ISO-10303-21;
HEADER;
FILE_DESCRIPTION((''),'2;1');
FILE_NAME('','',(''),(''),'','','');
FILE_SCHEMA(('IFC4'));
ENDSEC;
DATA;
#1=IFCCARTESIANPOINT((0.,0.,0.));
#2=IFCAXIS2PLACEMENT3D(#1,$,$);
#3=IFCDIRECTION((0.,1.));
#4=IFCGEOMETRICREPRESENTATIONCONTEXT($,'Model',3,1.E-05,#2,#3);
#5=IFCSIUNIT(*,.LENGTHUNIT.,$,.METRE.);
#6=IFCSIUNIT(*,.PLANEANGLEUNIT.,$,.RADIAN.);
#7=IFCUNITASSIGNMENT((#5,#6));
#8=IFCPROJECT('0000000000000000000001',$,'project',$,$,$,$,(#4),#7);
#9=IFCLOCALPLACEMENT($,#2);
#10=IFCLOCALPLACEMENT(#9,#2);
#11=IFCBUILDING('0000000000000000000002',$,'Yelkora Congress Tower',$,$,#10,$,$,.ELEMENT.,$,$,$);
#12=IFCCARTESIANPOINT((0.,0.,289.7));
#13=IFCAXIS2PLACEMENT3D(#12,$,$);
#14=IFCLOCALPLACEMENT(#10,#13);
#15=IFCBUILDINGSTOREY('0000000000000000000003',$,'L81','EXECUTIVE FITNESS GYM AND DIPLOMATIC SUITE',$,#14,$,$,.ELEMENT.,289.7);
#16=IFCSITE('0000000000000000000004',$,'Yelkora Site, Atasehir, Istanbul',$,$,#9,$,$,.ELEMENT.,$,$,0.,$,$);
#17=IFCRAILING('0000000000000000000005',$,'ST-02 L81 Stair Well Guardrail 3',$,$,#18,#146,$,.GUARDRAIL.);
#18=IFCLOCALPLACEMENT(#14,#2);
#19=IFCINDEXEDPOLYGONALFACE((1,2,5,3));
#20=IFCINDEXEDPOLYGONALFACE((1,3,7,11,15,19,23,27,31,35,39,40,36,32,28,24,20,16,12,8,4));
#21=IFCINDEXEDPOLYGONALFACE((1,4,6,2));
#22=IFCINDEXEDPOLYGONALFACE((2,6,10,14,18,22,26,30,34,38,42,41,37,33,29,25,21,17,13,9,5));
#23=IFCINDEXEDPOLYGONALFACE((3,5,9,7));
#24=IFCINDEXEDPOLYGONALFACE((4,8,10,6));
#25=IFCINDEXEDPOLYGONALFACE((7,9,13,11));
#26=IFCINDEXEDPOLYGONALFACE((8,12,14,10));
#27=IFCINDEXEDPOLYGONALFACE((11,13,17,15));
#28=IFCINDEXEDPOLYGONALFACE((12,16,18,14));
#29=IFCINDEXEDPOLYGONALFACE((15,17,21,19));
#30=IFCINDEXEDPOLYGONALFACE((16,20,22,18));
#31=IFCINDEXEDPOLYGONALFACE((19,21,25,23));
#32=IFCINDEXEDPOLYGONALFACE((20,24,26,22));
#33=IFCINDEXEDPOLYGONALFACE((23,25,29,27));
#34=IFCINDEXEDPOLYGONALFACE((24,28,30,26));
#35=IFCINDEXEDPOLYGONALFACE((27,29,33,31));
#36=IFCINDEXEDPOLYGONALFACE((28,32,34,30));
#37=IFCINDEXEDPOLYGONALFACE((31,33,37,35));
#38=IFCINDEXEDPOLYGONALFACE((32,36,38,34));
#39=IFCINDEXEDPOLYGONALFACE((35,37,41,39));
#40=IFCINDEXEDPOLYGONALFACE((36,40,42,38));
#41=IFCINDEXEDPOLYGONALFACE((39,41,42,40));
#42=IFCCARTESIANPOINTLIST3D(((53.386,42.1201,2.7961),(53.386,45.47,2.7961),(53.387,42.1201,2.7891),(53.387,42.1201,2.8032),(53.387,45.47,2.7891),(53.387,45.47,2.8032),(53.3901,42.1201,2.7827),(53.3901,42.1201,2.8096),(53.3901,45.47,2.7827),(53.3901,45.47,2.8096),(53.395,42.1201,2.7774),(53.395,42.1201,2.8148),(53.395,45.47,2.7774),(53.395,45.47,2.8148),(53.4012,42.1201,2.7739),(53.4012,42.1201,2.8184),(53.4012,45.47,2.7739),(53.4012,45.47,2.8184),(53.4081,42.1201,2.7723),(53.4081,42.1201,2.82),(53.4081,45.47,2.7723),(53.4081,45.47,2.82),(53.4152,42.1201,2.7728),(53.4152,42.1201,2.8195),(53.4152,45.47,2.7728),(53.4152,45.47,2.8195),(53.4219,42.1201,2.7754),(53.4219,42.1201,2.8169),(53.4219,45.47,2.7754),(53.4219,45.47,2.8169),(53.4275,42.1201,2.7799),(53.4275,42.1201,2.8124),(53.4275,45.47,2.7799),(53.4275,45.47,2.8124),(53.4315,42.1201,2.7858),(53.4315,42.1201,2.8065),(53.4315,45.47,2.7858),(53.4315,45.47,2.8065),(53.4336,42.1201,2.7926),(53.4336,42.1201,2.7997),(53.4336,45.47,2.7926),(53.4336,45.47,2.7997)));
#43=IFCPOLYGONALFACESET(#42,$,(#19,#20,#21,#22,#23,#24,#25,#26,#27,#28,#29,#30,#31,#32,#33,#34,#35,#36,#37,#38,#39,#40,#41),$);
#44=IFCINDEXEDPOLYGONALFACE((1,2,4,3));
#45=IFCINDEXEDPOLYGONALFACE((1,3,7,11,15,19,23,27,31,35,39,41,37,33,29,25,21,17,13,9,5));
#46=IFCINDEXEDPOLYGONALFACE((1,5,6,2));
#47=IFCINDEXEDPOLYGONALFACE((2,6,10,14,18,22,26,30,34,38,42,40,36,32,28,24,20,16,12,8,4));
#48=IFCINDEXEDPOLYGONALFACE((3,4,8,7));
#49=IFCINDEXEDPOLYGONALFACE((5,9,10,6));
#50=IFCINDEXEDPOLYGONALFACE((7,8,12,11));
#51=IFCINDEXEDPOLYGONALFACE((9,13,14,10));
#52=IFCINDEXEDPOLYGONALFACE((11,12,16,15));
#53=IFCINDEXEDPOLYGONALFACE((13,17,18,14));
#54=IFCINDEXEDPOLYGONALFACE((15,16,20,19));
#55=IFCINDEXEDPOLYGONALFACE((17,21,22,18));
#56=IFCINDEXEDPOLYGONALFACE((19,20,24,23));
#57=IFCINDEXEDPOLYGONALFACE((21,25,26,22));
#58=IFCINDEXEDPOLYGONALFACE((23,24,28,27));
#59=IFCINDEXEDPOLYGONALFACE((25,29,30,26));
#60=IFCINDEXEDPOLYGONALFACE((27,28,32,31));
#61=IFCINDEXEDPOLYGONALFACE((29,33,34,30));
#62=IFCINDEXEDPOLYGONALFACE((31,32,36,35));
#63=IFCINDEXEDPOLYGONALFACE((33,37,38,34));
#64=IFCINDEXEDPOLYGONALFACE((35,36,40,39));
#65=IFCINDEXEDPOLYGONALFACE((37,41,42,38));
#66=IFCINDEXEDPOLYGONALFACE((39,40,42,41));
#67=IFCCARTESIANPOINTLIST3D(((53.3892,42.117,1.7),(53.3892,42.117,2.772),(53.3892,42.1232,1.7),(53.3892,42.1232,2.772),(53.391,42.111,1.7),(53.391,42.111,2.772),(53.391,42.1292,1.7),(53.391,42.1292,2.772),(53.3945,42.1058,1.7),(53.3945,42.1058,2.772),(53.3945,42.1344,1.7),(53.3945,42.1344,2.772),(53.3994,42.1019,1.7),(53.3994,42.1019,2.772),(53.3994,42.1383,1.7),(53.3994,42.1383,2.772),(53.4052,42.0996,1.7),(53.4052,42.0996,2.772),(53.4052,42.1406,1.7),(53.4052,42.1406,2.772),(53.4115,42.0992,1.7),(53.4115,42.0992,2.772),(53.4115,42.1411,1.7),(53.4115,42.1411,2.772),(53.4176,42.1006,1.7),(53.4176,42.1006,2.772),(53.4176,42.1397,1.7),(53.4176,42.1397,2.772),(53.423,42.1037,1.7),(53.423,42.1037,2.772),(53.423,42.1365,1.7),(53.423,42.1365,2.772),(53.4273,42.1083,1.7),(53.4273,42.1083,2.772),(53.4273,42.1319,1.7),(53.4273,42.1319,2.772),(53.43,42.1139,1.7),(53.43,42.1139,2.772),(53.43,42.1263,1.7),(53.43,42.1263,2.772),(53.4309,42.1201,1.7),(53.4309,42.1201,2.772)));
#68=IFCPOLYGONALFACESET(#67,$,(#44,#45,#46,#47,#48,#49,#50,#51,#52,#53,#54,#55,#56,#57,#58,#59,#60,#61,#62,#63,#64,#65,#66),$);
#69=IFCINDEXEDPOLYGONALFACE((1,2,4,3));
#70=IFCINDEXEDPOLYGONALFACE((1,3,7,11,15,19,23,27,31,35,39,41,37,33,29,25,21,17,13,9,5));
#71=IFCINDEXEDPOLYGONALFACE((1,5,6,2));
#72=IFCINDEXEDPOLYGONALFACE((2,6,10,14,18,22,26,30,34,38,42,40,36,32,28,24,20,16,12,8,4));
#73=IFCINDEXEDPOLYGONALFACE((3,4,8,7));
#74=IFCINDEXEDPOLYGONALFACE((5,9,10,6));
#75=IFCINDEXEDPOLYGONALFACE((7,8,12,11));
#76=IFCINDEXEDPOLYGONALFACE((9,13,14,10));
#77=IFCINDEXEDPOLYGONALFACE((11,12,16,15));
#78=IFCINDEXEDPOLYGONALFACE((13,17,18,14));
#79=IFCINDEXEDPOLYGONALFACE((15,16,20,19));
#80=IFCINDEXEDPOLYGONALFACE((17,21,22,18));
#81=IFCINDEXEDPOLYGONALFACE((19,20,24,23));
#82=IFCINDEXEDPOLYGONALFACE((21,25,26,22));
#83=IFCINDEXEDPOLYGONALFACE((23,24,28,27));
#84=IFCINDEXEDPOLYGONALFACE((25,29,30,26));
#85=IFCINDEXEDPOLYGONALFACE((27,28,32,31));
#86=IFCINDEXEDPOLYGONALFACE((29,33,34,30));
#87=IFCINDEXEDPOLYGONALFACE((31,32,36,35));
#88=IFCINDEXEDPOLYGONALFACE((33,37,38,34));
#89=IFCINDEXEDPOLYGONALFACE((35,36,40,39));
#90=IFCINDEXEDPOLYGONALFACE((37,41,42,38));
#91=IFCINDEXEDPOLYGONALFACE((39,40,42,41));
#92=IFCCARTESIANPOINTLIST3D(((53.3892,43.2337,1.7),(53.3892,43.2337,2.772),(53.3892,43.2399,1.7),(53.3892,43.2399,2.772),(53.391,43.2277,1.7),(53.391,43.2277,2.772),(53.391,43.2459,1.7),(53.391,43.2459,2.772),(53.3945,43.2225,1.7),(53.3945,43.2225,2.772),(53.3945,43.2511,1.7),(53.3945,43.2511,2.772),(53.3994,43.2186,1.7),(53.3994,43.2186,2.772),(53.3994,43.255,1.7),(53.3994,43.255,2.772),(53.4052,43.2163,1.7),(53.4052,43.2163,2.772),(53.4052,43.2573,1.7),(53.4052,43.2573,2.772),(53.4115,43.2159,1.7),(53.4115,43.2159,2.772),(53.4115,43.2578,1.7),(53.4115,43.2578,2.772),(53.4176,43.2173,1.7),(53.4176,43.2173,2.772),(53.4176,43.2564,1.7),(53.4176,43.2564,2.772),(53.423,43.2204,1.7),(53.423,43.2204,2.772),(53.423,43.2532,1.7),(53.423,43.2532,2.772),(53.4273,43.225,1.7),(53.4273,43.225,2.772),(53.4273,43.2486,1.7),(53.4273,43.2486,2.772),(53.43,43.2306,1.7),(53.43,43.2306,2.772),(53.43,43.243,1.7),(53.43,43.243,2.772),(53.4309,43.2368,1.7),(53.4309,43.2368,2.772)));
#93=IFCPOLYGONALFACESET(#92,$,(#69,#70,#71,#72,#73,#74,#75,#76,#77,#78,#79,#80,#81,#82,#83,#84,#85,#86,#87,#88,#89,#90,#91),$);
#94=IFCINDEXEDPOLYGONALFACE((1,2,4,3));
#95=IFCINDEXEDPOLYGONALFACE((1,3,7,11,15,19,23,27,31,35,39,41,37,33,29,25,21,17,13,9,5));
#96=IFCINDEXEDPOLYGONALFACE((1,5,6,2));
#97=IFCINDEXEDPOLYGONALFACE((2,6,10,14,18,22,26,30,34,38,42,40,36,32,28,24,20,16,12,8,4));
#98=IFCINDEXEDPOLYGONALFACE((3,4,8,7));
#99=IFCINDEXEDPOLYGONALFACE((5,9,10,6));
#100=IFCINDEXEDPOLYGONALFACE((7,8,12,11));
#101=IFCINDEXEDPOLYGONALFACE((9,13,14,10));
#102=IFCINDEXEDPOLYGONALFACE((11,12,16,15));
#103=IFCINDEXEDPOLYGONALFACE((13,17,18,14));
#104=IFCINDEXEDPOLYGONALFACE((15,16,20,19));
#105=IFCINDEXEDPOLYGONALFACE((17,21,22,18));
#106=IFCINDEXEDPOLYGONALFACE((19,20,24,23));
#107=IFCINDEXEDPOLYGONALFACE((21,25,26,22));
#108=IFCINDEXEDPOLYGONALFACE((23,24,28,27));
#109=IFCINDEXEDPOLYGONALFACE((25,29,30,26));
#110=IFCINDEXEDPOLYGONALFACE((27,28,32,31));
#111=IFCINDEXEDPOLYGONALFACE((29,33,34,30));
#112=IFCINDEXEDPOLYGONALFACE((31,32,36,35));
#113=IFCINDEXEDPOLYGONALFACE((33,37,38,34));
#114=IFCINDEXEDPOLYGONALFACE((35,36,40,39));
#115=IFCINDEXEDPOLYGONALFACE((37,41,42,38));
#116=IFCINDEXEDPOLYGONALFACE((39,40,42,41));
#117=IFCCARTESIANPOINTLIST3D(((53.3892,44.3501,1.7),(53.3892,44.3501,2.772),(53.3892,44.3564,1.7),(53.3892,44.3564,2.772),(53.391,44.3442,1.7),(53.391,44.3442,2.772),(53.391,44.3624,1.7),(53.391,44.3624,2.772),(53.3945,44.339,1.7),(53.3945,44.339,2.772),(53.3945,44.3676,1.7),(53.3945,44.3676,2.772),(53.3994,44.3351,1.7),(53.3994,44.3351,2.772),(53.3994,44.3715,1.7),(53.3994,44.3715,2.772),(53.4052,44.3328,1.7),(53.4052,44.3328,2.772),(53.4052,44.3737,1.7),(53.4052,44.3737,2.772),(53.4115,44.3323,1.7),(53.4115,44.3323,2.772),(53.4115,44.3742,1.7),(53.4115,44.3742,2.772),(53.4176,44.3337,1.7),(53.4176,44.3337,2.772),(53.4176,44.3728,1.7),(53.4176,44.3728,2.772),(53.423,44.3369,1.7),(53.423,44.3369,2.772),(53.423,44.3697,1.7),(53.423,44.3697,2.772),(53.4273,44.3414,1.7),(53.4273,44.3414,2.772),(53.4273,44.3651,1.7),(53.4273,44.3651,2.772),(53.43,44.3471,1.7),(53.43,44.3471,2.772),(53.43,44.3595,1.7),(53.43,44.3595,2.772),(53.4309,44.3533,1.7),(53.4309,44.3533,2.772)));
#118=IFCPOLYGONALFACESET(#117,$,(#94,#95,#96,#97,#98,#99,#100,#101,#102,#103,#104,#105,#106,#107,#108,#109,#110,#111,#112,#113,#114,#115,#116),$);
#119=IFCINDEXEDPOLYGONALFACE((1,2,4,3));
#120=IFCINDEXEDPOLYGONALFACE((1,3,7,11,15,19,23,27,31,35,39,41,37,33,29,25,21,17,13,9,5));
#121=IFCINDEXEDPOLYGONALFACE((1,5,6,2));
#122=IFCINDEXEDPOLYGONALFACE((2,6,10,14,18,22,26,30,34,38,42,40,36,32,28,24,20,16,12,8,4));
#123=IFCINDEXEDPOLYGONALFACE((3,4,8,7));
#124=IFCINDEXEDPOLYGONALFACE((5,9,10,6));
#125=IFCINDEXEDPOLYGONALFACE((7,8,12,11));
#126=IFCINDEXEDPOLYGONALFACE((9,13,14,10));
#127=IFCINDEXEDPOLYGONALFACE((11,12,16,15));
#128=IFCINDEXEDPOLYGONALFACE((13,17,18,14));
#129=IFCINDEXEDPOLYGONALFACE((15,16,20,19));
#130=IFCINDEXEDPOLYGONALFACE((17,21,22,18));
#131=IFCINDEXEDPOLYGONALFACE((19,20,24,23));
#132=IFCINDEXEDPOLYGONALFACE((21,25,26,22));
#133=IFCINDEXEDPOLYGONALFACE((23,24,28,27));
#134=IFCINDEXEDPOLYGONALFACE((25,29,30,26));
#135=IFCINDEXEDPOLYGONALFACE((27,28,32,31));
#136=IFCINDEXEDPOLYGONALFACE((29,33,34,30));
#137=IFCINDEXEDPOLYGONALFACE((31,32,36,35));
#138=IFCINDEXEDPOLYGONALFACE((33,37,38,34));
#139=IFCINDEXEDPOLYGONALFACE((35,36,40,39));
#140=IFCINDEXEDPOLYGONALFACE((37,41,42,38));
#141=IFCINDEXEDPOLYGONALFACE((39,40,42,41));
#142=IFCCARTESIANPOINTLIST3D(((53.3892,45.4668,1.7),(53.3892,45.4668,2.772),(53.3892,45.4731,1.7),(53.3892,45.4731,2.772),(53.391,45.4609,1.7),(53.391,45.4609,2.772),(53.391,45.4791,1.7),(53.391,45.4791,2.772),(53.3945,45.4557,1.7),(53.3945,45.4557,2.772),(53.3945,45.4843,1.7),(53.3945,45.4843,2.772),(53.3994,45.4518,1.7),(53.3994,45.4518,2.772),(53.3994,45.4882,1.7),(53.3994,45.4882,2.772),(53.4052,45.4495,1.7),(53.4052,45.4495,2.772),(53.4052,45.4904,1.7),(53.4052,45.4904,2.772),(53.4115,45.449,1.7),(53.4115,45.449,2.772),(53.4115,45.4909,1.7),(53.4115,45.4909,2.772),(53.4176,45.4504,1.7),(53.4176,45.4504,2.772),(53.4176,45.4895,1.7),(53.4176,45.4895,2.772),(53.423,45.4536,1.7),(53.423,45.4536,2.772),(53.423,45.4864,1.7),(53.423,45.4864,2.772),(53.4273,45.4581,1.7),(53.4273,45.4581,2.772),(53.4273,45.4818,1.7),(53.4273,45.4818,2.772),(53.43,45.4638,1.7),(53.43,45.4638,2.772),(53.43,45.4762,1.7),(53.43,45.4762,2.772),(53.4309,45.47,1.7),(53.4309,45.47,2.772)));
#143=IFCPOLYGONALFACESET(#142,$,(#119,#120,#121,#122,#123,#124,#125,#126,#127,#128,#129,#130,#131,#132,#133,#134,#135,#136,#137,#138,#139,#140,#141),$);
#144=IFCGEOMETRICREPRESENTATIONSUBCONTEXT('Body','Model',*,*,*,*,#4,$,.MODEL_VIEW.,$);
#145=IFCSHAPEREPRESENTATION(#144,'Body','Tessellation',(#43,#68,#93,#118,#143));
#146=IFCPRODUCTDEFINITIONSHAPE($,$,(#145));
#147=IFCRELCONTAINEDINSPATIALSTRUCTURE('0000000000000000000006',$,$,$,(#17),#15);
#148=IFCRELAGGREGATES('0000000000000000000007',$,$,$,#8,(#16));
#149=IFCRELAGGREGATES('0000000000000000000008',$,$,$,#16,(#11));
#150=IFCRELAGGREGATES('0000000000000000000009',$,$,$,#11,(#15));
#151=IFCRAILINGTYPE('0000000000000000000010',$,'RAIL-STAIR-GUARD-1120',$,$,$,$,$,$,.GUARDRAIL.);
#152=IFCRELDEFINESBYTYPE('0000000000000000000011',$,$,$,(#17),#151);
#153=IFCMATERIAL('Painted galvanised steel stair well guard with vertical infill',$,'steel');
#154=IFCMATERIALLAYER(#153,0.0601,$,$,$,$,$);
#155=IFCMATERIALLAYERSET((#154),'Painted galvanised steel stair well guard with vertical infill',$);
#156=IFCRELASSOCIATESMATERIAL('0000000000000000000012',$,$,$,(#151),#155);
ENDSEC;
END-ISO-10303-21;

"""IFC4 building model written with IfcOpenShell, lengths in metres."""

from ifc_helpers import new_model, si_unit, direction, frame, origin, origin_2d, place, context, subcontext, project, spatial, circle, extrude, material, layer, layer_set, type_object, element, save


model = new_model("IFC4")

# Units and contexts
model_context = context("Model", 3, precision=1e-05, world=origin(), true_north=direction((0.0, 1.0)))
body_context = subcontext(model_context, "Body", "Model", "MODEL_VIEW")
ifc_project = project(units=[si_unit("LENGTHUNIT", "METRE"), si_unit("PLANEANGLEUNIT", "RADIAN")], contexts=[model_context])

# Site, building, storey
site_placement = place(None, origin())
site = spatial("IfcSite", under=ifc_project, at=site_placement, Name="Yelkora Site, Atasehir, Istanbul", CompositionType="ELEMENT", RefElevation=0.0)
building_placement = place(site_placement, origin())
building = spatial("IfcBuilding", under=site, at=building_placement, Name="Yelkora Congress Tower", CompositionType="ELEMENT")
storey_placement = place(building_placement, frame((0.0, 0.0, 289.7)))
storey = spatial("IfcBuildingStorey", under=building, at=storey_placement, Name="L81", Description="EXECUTIVE FITNESS GYM AND DIPLOMATIC SUITE", CompositionType="ELEMENT", Elevation=289.7)

# Railing
ifc_material_1 = material(Name="Painted galvanised steel stair well guard with vertical infill", Category="steel")
ifc_layer_1 = layer(ifc_material_1, 0.0601)
ifc_layer_set_1 = layer_set([ifc_layer_1], Name="Painted galvanised steel stair well guard with vertical infill")
railing_type = type_object("IfcRailingType", Name="RAIL-STAIR-GUARD-1120", PredefinedType="GUARDRAIL", material=ifc_layer_set_1)
railing_1_placement = place(storey_placement, frame((53.4099, 42.1201, 1.7)))
element("IfcRailing", 1, at=railing_1_placement, inside=storey, type_object=railing_type, Name="ST-02 L81 Stair Well Guardrail 3", PredefinedType="GUARDRAIL", context=body_context, shape_type="SweptSolid", body=[
    extrude(circle(Radius=0.0239, at=origin_2d()), frame((0.0, 0.0, 1.0962), z_axis=(0.0, 1.0, 0.0), x_axis=(-1.0, 0.0, 0.0)), (0.0, 0.0, 1.0), 3.3499),
    extrude(circle(Radius=0.021, at=origin_2d()), origin(), (0.0, 0.0, 1.0), 1.072),
    extrude(circle(Radius=0.021, at=origin_2d()), frame((0.0, 1.1167, 0.0)), (0.0, 0.0, 1.0), 1.072),
    extrude(circle(Radius=0.021, at=origin_2d()), frame((0.0, 2.2332, 0.0)), (0.0, 0.0, 1.0), 1.072),
    extrude(circle(Radius=0.021, at=origin_2d()), frame((0.0, 3.3499, 0.0)), (0.0, 0.0, 1.0), 1.072),
])

save(model, "model.ifc")
